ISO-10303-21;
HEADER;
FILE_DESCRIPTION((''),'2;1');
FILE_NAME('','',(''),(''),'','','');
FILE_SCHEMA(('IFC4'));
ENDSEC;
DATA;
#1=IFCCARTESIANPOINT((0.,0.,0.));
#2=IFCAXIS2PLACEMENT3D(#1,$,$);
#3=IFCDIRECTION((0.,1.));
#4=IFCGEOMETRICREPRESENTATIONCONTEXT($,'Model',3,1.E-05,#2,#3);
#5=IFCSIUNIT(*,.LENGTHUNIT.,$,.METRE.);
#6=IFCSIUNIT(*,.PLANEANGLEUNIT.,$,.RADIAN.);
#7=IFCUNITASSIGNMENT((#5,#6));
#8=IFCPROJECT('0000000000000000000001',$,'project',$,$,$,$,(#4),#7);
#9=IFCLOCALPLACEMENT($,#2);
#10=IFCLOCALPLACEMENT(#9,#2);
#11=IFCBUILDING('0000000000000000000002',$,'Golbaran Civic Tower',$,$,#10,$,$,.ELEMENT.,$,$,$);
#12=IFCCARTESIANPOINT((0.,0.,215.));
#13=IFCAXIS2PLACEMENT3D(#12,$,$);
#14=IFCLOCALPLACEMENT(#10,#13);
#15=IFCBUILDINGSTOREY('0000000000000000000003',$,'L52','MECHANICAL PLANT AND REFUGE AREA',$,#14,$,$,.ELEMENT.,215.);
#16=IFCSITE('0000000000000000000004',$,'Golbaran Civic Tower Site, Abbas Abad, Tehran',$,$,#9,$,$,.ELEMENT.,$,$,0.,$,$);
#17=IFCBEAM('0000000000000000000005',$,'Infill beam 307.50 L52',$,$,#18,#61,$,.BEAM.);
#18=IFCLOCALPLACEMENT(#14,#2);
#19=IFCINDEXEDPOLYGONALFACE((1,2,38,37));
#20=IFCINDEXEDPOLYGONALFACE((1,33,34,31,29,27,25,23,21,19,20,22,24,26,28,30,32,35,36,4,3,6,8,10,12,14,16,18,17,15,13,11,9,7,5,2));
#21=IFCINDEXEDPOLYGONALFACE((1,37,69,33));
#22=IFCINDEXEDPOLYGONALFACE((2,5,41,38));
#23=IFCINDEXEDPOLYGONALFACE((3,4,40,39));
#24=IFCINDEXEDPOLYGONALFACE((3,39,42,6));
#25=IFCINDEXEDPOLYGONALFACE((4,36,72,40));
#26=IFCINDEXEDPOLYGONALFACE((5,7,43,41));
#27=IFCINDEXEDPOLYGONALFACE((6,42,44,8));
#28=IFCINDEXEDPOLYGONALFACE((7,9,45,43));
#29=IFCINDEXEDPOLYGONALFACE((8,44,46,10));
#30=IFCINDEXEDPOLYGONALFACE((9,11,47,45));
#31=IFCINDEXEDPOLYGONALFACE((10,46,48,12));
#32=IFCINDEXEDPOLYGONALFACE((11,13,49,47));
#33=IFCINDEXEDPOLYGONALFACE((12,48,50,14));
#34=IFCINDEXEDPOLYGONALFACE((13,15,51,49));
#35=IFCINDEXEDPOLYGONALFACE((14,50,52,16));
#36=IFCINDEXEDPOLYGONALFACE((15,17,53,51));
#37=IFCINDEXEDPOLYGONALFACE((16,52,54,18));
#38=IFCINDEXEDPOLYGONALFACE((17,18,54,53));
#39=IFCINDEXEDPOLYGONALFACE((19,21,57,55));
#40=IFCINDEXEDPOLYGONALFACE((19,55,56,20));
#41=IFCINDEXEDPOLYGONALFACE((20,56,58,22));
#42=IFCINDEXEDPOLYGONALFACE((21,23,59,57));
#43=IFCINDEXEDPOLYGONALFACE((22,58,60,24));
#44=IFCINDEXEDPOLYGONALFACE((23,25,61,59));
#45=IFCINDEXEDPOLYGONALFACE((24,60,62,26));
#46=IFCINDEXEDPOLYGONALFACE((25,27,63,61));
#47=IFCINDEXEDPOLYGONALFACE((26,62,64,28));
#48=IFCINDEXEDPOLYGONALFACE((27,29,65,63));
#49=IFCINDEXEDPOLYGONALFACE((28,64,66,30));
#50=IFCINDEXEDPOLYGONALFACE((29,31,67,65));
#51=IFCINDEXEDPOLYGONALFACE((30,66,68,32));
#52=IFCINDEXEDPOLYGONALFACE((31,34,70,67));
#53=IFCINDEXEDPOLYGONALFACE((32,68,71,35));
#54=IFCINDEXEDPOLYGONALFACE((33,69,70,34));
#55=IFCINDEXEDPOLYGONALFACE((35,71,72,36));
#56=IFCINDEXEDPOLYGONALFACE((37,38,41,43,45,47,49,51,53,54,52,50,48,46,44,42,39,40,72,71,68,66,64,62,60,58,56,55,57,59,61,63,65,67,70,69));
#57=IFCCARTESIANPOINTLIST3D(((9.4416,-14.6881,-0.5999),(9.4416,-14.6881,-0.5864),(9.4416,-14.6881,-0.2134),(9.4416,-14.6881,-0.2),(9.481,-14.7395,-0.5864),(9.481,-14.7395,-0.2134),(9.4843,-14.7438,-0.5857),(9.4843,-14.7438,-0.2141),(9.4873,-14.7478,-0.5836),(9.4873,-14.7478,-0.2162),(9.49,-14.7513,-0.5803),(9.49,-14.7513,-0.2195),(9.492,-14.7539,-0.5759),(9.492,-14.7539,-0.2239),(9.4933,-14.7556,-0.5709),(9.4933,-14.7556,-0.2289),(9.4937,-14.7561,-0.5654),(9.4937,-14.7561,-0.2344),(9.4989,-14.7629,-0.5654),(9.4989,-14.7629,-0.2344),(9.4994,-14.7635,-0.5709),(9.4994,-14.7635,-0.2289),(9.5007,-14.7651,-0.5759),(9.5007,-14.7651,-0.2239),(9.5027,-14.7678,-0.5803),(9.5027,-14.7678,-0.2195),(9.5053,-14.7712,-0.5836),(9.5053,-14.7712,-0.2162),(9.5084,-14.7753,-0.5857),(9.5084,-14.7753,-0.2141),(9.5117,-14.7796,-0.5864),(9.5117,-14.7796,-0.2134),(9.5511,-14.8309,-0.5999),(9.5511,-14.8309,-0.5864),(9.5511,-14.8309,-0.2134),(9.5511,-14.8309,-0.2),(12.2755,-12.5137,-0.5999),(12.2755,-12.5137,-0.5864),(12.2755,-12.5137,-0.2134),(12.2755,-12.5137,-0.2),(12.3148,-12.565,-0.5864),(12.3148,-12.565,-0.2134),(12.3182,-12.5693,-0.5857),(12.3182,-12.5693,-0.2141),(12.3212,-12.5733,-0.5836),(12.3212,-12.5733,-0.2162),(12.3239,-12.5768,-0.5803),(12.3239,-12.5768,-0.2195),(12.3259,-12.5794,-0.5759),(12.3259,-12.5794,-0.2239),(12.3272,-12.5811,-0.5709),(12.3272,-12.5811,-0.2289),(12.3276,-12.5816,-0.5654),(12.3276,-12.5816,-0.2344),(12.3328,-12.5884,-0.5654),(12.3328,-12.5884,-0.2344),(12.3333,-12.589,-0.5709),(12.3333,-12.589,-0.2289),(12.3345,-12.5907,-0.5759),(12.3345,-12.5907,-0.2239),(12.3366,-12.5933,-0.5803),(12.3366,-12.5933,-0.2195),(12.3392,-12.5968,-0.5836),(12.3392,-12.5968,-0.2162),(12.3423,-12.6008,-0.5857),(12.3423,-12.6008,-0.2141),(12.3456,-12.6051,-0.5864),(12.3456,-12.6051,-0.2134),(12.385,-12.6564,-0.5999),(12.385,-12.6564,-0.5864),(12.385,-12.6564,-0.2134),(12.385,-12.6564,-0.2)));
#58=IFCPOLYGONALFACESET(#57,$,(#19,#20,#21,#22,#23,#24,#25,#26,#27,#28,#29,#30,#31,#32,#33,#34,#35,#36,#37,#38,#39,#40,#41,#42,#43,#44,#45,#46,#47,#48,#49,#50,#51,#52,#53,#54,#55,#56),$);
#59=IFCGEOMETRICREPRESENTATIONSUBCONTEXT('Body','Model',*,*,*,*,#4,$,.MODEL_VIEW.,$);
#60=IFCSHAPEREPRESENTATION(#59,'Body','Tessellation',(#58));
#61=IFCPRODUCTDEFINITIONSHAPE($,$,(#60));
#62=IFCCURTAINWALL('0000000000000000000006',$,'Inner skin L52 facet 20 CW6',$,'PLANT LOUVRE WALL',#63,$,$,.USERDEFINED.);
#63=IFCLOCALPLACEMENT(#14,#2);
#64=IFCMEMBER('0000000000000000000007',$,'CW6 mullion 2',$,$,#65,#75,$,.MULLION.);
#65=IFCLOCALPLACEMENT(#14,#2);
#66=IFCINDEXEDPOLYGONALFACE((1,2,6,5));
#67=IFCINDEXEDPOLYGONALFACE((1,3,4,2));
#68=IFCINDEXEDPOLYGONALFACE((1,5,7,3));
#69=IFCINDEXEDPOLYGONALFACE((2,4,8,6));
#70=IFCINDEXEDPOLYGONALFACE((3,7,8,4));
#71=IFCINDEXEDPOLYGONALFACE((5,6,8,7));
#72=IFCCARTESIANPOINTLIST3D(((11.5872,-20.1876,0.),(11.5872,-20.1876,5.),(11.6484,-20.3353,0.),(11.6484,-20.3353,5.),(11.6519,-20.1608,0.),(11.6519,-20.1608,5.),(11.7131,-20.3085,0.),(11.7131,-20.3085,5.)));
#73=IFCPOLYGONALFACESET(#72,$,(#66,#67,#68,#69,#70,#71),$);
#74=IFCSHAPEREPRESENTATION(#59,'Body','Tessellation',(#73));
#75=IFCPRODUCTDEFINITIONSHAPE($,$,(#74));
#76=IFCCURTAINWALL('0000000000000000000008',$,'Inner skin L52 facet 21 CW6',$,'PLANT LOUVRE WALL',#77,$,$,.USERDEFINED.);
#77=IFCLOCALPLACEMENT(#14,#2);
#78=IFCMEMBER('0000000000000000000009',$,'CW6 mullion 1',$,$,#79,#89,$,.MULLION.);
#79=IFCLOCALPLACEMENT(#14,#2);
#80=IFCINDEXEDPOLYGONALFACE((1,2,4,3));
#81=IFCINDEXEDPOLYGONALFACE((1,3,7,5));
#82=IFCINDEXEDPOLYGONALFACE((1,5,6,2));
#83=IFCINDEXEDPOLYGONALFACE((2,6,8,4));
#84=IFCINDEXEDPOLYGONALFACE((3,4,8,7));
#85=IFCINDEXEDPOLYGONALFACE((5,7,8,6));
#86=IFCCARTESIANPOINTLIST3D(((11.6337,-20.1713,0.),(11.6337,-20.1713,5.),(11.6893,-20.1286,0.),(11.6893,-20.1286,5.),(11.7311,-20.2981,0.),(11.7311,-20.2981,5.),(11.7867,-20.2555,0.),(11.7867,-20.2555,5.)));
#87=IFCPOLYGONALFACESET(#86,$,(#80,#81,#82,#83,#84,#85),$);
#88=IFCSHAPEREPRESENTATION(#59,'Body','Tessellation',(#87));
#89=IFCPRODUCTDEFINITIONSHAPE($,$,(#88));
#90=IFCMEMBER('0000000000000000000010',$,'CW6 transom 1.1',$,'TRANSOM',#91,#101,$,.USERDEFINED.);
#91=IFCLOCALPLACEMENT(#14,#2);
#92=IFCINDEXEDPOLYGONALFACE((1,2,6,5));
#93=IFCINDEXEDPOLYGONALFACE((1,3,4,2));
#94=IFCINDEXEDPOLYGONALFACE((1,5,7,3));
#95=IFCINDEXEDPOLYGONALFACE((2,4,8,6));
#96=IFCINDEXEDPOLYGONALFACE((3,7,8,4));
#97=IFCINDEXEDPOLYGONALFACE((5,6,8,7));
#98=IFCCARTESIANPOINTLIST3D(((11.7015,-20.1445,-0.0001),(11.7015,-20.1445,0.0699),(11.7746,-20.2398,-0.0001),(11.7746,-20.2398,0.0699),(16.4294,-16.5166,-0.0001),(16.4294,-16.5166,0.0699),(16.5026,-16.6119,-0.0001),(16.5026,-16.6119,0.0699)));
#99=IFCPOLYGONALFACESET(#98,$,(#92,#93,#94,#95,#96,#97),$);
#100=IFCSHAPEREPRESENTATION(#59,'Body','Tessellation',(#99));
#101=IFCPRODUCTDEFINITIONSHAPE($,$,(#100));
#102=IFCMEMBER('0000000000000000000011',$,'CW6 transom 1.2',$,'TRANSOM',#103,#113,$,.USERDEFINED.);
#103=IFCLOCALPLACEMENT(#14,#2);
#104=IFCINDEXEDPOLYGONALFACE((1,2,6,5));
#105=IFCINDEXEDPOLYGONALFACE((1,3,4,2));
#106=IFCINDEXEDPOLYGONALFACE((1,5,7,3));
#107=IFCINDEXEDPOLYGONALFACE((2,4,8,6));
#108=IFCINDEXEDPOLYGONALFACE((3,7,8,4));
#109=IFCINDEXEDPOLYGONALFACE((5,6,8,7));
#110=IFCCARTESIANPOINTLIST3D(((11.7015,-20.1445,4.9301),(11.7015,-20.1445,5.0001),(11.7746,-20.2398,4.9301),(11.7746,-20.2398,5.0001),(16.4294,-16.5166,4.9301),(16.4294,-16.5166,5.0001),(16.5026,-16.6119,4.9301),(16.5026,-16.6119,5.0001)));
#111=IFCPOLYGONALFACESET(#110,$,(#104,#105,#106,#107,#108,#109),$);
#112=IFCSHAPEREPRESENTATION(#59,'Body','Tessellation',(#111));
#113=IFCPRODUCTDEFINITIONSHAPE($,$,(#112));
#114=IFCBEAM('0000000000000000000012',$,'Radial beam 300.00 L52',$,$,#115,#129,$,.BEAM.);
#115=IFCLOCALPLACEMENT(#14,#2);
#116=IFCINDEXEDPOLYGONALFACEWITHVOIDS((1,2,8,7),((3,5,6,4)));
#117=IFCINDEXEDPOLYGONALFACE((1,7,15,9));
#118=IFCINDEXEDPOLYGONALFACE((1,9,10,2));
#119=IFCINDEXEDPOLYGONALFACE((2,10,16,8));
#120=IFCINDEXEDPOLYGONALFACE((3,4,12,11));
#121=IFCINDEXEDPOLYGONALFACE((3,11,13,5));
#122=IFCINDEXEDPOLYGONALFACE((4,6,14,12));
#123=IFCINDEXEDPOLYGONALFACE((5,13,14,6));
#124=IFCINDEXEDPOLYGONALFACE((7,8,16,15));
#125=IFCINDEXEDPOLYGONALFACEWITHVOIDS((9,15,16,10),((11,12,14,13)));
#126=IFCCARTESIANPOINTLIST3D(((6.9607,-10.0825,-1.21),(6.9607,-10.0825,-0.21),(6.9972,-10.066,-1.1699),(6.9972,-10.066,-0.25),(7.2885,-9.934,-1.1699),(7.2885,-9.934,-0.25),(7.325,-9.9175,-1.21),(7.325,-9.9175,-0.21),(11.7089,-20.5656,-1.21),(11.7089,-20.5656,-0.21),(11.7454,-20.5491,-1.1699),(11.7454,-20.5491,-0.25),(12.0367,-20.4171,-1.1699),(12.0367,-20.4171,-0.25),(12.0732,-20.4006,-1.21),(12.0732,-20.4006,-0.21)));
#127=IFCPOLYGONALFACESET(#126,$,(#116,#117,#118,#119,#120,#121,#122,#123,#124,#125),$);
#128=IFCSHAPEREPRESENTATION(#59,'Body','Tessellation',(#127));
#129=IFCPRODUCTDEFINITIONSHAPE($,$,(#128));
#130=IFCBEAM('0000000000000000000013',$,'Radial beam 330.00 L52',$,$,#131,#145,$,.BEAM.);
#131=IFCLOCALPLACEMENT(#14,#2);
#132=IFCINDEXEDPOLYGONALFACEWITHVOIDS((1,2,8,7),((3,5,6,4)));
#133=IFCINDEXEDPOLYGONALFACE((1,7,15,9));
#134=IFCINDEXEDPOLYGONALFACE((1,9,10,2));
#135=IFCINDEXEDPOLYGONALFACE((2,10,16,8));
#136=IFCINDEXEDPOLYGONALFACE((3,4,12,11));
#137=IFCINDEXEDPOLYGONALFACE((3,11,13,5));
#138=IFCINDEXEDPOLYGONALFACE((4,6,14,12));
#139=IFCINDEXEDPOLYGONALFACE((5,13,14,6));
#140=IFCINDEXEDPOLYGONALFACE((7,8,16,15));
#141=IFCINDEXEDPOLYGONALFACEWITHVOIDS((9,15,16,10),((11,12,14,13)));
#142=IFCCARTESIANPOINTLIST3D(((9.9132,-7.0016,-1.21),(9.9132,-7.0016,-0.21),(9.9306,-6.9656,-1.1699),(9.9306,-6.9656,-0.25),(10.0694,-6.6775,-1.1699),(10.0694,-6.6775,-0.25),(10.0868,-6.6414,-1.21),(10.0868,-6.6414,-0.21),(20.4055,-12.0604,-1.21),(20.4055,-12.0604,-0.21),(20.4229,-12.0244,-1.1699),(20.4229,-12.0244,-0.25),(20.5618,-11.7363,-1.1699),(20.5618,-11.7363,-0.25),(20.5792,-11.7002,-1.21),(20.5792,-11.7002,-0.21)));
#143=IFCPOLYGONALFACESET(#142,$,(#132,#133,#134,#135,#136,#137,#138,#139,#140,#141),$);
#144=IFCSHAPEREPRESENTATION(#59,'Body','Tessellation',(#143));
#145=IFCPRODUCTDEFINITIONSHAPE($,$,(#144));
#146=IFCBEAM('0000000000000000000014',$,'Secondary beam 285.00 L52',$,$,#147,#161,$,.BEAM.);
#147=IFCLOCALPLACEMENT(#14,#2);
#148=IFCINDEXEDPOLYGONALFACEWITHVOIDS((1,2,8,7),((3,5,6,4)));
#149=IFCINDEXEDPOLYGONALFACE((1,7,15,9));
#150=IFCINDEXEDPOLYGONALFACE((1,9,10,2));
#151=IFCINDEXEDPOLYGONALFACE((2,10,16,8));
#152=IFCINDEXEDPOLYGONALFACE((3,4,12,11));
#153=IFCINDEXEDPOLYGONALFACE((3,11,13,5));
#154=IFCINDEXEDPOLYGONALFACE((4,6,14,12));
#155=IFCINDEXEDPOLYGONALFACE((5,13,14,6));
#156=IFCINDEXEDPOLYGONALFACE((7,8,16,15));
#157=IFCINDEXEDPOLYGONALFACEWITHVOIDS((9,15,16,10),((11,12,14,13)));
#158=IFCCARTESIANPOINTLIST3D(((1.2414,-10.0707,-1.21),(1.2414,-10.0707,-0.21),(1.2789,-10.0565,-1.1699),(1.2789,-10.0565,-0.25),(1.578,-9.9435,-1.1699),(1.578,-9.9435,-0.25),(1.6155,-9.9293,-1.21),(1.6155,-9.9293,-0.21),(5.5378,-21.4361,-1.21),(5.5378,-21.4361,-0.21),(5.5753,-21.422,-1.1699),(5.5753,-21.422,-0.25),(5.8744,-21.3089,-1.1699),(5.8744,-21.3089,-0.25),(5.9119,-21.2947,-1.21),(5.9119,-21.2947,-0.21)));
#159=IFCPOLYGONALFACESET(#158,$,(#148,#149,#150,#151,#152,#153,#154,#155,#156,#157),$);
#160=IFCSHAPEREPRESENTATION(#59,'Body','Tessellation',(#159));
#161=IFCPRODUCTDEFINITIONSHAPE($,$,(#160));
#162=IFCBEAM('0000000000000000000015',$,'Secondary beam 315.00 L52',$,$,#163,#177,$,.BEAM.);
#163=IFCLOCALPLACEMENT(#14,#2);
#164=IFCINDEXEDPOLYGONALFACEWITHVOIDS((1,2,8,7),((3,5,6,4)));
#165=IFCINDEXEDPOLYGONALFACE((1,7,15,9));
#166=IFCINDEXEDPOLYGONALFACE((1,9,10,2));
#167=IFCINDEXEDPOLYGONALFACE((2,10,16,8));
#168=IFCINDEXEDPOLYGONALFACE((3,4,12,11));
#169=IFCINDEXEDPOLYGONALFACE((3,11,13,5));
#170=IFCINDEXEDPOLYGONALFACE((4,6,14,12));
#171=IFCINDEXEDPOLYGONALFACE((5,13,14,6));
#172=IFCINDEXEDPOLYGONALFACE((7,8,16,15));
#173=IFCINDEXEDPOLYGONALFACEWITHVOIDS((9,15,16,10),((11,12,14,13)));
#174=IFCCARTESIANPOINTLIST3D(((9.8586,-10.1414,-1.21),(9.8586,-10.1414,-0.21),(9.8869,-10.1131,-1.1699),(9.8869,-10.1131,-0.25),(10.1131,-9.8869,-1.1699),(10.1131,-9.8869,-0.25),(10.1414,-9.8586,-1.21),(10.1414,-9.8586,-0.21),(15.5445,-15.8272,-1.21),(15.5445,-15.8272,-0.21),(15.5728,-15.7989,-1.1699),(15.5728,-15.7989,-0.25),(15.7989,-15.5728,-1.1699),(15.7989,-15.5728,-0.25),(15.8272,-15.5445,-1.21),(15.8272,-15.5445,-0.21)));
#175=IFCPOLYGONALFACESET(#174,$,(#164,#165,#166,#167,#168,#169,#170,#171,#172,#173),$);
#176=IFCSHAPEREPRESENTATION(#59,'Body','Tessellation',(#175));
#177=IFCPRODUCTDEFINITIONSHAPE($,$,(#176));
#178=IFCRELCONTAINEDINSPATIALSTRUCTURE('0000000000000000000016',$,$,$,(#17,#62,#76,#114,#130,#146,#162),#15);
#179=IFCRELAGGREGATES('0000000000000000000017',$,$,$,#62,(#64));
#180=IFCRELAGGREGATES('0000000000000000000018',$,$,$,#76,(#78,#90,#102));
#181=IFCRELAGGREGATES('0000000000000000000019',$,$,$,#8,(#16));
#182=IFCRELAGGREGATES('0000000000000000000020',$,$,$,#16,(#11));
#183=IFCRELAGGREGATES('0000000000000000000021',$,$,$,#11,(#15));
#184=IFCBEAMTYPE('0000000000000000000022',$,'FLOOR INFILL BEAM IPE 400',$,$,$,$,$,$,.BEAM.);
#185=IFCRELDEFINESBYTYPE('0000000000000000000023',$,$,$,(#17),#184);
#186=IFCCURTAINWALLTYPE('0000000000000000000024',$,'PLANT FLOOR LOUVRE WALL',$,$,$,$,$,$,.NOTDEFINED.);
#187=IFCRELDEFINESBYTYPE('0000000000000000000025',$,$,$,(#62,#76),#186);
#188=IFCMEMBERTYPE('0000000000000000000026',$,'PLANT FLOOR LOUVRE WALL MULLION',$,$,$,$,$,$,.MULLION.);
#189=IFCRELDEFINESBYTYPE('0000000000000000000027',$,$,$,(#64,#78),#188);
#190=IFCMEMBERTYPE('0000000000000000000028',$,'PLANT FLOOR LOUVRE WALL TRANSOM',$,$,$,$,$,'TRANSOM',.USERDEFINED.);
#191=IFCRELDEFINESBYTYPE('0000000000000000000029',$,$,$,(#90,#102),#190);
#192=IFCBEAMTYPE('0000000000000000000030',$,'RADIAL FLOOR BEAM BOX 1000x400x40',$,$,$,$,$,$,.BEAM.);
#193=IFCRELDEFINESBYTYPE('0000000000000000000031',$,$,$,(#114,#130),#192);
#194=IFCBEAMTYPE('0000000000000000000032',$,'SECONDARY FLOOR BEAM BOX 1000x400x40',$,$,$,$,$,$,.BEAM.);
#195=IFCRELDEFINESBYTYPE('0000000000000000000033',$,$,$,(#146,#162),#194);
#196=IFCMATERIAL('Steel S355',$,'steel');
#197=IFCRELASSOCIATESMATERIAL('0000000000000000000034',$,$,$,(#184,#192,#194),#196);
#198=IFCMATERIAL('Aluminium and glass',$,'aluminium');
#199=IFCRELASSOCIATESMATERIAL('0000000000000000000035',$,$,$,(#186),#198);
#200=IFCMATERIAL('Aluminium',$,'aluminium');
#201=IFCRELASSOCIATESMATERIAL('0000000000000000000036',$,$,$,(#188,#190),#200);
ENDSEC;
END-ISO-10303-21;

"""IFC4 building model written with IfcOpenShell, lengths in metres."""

from ifc_helpers import new_model, si_unit, direction, frame, origin, origin_2d, place, context, subcontext, project, spatial, rectangle, hollow_rectangle, i_section, extrude, material, material_profile, profile_set, type_object, element, aggregate, save


model = new_model("IFC4")

# Units and contexts
model_context = context("Model", 3, precision=1e-05, world=origin(), true_north=direction((0.0, 1.0)))
body_context = subcontext(model_context, "Body", "Model", "MODEL_VIEW")
ifc_project = project(units=[si_unit("LENGTHUNIT", "METRE"), si_unit("PLANEANGLEUNIT", "RADIAN")], contexts=[model_context])

# Site, building, storey
site_placement = place(None, origin())
site = spatial("IfcSite", under=ifc_project, at=site_placement, Name="Golbaran Civic Tower Site, Abbas Abad, Tehran", CompositionType="ELEMENT", RefElevation=0.0)
building_placement = place(site_placement, origin())
building = spatial("IfcBuilding", under=site, at=building_placement, Name="Golbaran Civic Tower", CompositionType="ELEMENT")
storey_placement = place(building_placement, frame((0.0, 0.0, 215.0)))
storey = spatial("IfcBuildingStorey", under=building, at=storey_placement, Name="L52", Description="MECHANICAL PLANT AND REFUGE AREA", CompositionType="ELEMENT", Elevation=215.0)

# Shared definitions
ifc_material_1 = material(Name="Steel S355", Category="steel")

# Beam
ifc_material_profile_1 = material_profile(ifc_material_1, i_section(OverallWidth=0.1799, OverallDepth=0.3999, WebThickness=0.0085, FlangeThickness=0.0134, FilletRadius=0.021, at=origin_2d()), Name="IPE 400")
ifc_profile_set_1 = profile_set([ifc_material_profile_1], Name="Steel S355")
beam_type_1 = type_object("IfcBeamType", Name="FLOOR INFILL BEAM IPE 400", PredefinedType="BEAM", material=ifc_profile_set_1)
beam_1_placement = place(storey_placement, frame((9.4963, -14.7595, -0.3999), z_axis=(0.793358, 0.608756, 0.0), x_axis=(-0.608756, 0.793358, 0.0)))
element("IfcBeam", 1, at=beam_1_placement, inside=storey, type_object=beam_type_1, Name="Infill beam 307.50 L52", PredefinedType="BEAM", context=body_context, shape_type="SweptSolid", body=[
    extrude(i_section(OverallWidth=0.1799, OverallDepth=0.3999, WebThickness=0.0085, FlangeThickness=0.0134, FilletRadius=0.021, at=origin_2d()), origin(), (0.0, 0.0, 1.0), 3.572),
])

# Curtain wall, member
ifc_material_2 = material(Name="Aluminium and glass", Category="aluminium")
curtain_wall_type = type_object("IfcCurtainWallType", Name="PLANT FLOOR LOUVRE WALL", PredefinedType="NOTDEFINED", material=ifc_material_2)
curtain_wall_1_placement = place(storey_placement, origin())
curtain_wall_1 = element("IfcCurtainWall", 2, at=curtain_wall_1_placement, inside=storey, type_object=curtain_wall_type, Name="Inner skin L52 facet 20 CW6", ObjectType="PLANT LOUVRE WALL", PredefinedType="USERDEFINED")
ifc_material_3 = material(Name="Aluminium", Category="aluminium")
ifc_material_profile_2 = material_profile(ifc_material_3, rectangle(XDim=0.1599, YDim=0.0701, at=origin_2d()), Name="PLANT FLOOR LOUVRE WALL MULLION")
ifc_profile_set_2 = profile_set([ifc_material_profile_2], Name="Aluminium")
member_type_1 = type_object("IfcMemberType", Name="PLANT FLOOR LOUVRE WALL MULLION", PredefinedType="MULLION", material=ifc_profile_set_2)
member_1_placement = place(storey_placement, frame((11.6501, -20.248, 0.0), z_axis=(0.0, 0.0, 1.0), x_axis=(-0.382683, 0.92388, 0.0)))
member_1 = element("IfcMember", 3, at=member_1_placement, type_object=member_type_1, Name="CW6 mullion 2", PredefinedType="MULLION", context=body_context, shape_type="SweptSolid", body=[
    extrude(rectangle(XDim=0.1599, YDim=0.0701, at=origin_2d()), origin(), (0.0, 0.0, 1.0), 5.0),
])
aggregate(curtain_wall_1, [member_1])

# Curtain wall, members
curtain_wall_2_placement = place(storey_placement, origin())
curtain_wall_2 = element("IfcCurtainWall", 4, at=curtain_wall_2_placement, inside=storey, type_object=curtain_wall_type, Name="Inner skin L52 facet 21 CW6", ObjectType="PLANT LOUVRE WALL", PredefinedType="USERDEFINED")
member_2_placement = place(storey_placement, frame((11.7102, -20.2134, 0.0), z_axis=(0.0, 0.0, 1.0), x_axis=(-0.608761, 0.793353, 0.0)))
member_2 = element("IfcMember", 5, at=member_2_placement, type_object=member_type_1, Name="CW6 mullion 1", PredefinedType="MULLION", context=body_context, shape_type="SweptSolid", body=[
    extrude(rectangle(XDim=0.1599, YDim=0.0701, at=origin_2d()), origin(), (0.0, 0.0, 1.0), 5.0),
])
ifc_material_profile_3 = material_profile(ifc_material_3, rectangle(XDim=0.1201, YDim=0.0701, at=origin_2d()), Name="PLANT FLOOR LOUVRE WALL TRANSOM")
ifc_profile_set_3 = profile_set([ifc_material_profile_3], Name="Aluminium")
member_type_2 = type_object("IfcMemberType", Name="PLANT FLOOR LOUVRE WALL TRANSOM", ElementType="TRANSOM", PredefinedType="USERDEFINED", material=ifc_profile_set_3)
member_3_placement = place(storey_placement, frame((11.738, -20.1921, 0.0349), z_axis=(0.793354, 0.60876, 0.0), x_axis=(-0.60876, 0.793354, 0.0)))
member_3 = element("IfcMember", 6, at=member_3_placement, type_object=member_type_2, Name="CW6 transom 1.1", ObjectType="TRANSOM", PredefinedType="USERDEFINED", context=body_context, shape_type="SweptSolid", body=[
    extrude(rectangle(XDim=0.1201, YDim=0.0701, at=origin_2d()), origin(), (0.0, 0.0, 1.0), 5.9595),
])
member_4_placement = place(storey_placement, frame((11.738, -20.1921, 4.9651), z_axis=(0.793354, 0.60876, 0.0), x_axis=(-0.60876, 0.793354, 0.0)))
member_4 = element("IfcMember", 7, at=member_4_placement, type_object=member_type_2, Name="CW6 transom 1.2", ObjectType="TRANSOM", PredefinedType="USERDEFINED", context=body_context, shape_type="SweptSolid", body=[
    extrude(rectangle(XDim=0.1201, YDim=0.0701, at=origin_2d()), origin(), (0.0, 0.0, 1.0), 5.9595),
])
aggregate(curtain_wall_2, [member_2, member_3, member_4])

# Beams
ifc_material_profile_4 = material_profile(ifc_material_1, hollow_rectangle(XDim=0.3999, YDim=1.0, WallThickness=0.04, at=origin_2d()), Name="BOX 1000x400x40")
ifc_profile_set_4 = profile_set([ifc_material_profile_4], Name="Steel S355")
beam_type_2 = type_object("IfcBeamType", Name="RADIAL FLOOR BEAM BOX 1000x400x40", PredefinedType="BEAM", material=ifc_profile_set_4)
beam_2_placement = place(storey_placement, frame((7.1428, -10.0, -0.71), z_axis=(0.412594, -0.910915, 0.0), x_axis=(0.910915, 0.412594, 0.0)))
element("IfcBeam", 8, at=beam_2_placement, inside=storey, type_object=beam_type_2, Name="Radial beam 300.00 L52", PredefinedType="BEAM", context=body_context, shape_type="SweptSolid", body=[
    extrude(hollow_rectangle(XDim=0.3999, YDim=1.0, WallThickness=0.04, at=origin_2d()), origin(), (0.0, 0.0, 1.0), 11.5083),
])
beam_3_placement = place(storey_placement, frame((10.0, -6.8215, -0.71), z_axis=(0.900769, -0.434298, 0.0), x_axis=(0.434298, 0.900769, 0.0)))
element("IfcBeam", 9, at=beam_3_placement, inside=storey, type_object=beam_type_2, Name="Radial beam 330.00 L52", PredefinedType="BEAM", context=body_context, shape_type="SweptSolid", body=[
    extrude(hollow_rectangle(XDim=0.3999, YDim=1.0, WallThickness=0.04, at=origin_2d()), origin(), (0.0, 0.0, 1.0), 11.6482),
])
ifc_material_profile_5 = material_profile(ifc_material_1, hollow_rectangle(XDim=0.3999, YDim=1.0, WallThickness=0.04, at=origin_2d()), Name="BOX 1000x400x40")
ifc_profile_set_5 = profile_set([ifc_material_profile_5], Name="Steel S355")
beam_type_3 = type_object("IfcBeamType", Name="SECONDARY FLOOR BEAM BOX 1000x400x40", PredefinedType="BEAM", material=ifc_profile_set_5)
beam_4_placement = place(storey_placement, frame((1.4285, -10.0, -0.71), z_axis=(0.353599, -0.935397, 0.0), x_axis=(0.935397, 0.353599, 0.0)))
element("IfcBeam", 10, at=beam_4_placement, inside=storey, type_object=beam_type_3, Name="Secondary beam 285.00 L52", PredefinedType="BEAM", context=body_context, shape_type="SweptSolid", body=[
    extrude(hollow_rectangle(XDim=0.3999, YDim=1.0, WallThickness=0.04, at=origin_2d()), origin(), (0.0, 0.0, 1.0), 12.1504),
])
beam_5_placement = place(storey_placement, frame((10.0, -10.0, -0.71), z_axis=(0.707107, -0.707107, 0.0), x_axis=(0.707107, 0.707107, 0.0)))
element("IfcBeam", 11, at=beam_5_placement, inside=storey, type_object=beam_type_3, Name="Secondary beam 315.00 L52", PredefinedType="BEAM", context=body_context, shape_type="SweptSolid", body=[
    extrude(hollow_rectangle(XDim=0.3999, YDim=1.0, WallThickness=0.04, at=origin_2d()), origin(), (0.0, 0.0, 1.0), 8.041),
])

save(model, "model.ifc")
